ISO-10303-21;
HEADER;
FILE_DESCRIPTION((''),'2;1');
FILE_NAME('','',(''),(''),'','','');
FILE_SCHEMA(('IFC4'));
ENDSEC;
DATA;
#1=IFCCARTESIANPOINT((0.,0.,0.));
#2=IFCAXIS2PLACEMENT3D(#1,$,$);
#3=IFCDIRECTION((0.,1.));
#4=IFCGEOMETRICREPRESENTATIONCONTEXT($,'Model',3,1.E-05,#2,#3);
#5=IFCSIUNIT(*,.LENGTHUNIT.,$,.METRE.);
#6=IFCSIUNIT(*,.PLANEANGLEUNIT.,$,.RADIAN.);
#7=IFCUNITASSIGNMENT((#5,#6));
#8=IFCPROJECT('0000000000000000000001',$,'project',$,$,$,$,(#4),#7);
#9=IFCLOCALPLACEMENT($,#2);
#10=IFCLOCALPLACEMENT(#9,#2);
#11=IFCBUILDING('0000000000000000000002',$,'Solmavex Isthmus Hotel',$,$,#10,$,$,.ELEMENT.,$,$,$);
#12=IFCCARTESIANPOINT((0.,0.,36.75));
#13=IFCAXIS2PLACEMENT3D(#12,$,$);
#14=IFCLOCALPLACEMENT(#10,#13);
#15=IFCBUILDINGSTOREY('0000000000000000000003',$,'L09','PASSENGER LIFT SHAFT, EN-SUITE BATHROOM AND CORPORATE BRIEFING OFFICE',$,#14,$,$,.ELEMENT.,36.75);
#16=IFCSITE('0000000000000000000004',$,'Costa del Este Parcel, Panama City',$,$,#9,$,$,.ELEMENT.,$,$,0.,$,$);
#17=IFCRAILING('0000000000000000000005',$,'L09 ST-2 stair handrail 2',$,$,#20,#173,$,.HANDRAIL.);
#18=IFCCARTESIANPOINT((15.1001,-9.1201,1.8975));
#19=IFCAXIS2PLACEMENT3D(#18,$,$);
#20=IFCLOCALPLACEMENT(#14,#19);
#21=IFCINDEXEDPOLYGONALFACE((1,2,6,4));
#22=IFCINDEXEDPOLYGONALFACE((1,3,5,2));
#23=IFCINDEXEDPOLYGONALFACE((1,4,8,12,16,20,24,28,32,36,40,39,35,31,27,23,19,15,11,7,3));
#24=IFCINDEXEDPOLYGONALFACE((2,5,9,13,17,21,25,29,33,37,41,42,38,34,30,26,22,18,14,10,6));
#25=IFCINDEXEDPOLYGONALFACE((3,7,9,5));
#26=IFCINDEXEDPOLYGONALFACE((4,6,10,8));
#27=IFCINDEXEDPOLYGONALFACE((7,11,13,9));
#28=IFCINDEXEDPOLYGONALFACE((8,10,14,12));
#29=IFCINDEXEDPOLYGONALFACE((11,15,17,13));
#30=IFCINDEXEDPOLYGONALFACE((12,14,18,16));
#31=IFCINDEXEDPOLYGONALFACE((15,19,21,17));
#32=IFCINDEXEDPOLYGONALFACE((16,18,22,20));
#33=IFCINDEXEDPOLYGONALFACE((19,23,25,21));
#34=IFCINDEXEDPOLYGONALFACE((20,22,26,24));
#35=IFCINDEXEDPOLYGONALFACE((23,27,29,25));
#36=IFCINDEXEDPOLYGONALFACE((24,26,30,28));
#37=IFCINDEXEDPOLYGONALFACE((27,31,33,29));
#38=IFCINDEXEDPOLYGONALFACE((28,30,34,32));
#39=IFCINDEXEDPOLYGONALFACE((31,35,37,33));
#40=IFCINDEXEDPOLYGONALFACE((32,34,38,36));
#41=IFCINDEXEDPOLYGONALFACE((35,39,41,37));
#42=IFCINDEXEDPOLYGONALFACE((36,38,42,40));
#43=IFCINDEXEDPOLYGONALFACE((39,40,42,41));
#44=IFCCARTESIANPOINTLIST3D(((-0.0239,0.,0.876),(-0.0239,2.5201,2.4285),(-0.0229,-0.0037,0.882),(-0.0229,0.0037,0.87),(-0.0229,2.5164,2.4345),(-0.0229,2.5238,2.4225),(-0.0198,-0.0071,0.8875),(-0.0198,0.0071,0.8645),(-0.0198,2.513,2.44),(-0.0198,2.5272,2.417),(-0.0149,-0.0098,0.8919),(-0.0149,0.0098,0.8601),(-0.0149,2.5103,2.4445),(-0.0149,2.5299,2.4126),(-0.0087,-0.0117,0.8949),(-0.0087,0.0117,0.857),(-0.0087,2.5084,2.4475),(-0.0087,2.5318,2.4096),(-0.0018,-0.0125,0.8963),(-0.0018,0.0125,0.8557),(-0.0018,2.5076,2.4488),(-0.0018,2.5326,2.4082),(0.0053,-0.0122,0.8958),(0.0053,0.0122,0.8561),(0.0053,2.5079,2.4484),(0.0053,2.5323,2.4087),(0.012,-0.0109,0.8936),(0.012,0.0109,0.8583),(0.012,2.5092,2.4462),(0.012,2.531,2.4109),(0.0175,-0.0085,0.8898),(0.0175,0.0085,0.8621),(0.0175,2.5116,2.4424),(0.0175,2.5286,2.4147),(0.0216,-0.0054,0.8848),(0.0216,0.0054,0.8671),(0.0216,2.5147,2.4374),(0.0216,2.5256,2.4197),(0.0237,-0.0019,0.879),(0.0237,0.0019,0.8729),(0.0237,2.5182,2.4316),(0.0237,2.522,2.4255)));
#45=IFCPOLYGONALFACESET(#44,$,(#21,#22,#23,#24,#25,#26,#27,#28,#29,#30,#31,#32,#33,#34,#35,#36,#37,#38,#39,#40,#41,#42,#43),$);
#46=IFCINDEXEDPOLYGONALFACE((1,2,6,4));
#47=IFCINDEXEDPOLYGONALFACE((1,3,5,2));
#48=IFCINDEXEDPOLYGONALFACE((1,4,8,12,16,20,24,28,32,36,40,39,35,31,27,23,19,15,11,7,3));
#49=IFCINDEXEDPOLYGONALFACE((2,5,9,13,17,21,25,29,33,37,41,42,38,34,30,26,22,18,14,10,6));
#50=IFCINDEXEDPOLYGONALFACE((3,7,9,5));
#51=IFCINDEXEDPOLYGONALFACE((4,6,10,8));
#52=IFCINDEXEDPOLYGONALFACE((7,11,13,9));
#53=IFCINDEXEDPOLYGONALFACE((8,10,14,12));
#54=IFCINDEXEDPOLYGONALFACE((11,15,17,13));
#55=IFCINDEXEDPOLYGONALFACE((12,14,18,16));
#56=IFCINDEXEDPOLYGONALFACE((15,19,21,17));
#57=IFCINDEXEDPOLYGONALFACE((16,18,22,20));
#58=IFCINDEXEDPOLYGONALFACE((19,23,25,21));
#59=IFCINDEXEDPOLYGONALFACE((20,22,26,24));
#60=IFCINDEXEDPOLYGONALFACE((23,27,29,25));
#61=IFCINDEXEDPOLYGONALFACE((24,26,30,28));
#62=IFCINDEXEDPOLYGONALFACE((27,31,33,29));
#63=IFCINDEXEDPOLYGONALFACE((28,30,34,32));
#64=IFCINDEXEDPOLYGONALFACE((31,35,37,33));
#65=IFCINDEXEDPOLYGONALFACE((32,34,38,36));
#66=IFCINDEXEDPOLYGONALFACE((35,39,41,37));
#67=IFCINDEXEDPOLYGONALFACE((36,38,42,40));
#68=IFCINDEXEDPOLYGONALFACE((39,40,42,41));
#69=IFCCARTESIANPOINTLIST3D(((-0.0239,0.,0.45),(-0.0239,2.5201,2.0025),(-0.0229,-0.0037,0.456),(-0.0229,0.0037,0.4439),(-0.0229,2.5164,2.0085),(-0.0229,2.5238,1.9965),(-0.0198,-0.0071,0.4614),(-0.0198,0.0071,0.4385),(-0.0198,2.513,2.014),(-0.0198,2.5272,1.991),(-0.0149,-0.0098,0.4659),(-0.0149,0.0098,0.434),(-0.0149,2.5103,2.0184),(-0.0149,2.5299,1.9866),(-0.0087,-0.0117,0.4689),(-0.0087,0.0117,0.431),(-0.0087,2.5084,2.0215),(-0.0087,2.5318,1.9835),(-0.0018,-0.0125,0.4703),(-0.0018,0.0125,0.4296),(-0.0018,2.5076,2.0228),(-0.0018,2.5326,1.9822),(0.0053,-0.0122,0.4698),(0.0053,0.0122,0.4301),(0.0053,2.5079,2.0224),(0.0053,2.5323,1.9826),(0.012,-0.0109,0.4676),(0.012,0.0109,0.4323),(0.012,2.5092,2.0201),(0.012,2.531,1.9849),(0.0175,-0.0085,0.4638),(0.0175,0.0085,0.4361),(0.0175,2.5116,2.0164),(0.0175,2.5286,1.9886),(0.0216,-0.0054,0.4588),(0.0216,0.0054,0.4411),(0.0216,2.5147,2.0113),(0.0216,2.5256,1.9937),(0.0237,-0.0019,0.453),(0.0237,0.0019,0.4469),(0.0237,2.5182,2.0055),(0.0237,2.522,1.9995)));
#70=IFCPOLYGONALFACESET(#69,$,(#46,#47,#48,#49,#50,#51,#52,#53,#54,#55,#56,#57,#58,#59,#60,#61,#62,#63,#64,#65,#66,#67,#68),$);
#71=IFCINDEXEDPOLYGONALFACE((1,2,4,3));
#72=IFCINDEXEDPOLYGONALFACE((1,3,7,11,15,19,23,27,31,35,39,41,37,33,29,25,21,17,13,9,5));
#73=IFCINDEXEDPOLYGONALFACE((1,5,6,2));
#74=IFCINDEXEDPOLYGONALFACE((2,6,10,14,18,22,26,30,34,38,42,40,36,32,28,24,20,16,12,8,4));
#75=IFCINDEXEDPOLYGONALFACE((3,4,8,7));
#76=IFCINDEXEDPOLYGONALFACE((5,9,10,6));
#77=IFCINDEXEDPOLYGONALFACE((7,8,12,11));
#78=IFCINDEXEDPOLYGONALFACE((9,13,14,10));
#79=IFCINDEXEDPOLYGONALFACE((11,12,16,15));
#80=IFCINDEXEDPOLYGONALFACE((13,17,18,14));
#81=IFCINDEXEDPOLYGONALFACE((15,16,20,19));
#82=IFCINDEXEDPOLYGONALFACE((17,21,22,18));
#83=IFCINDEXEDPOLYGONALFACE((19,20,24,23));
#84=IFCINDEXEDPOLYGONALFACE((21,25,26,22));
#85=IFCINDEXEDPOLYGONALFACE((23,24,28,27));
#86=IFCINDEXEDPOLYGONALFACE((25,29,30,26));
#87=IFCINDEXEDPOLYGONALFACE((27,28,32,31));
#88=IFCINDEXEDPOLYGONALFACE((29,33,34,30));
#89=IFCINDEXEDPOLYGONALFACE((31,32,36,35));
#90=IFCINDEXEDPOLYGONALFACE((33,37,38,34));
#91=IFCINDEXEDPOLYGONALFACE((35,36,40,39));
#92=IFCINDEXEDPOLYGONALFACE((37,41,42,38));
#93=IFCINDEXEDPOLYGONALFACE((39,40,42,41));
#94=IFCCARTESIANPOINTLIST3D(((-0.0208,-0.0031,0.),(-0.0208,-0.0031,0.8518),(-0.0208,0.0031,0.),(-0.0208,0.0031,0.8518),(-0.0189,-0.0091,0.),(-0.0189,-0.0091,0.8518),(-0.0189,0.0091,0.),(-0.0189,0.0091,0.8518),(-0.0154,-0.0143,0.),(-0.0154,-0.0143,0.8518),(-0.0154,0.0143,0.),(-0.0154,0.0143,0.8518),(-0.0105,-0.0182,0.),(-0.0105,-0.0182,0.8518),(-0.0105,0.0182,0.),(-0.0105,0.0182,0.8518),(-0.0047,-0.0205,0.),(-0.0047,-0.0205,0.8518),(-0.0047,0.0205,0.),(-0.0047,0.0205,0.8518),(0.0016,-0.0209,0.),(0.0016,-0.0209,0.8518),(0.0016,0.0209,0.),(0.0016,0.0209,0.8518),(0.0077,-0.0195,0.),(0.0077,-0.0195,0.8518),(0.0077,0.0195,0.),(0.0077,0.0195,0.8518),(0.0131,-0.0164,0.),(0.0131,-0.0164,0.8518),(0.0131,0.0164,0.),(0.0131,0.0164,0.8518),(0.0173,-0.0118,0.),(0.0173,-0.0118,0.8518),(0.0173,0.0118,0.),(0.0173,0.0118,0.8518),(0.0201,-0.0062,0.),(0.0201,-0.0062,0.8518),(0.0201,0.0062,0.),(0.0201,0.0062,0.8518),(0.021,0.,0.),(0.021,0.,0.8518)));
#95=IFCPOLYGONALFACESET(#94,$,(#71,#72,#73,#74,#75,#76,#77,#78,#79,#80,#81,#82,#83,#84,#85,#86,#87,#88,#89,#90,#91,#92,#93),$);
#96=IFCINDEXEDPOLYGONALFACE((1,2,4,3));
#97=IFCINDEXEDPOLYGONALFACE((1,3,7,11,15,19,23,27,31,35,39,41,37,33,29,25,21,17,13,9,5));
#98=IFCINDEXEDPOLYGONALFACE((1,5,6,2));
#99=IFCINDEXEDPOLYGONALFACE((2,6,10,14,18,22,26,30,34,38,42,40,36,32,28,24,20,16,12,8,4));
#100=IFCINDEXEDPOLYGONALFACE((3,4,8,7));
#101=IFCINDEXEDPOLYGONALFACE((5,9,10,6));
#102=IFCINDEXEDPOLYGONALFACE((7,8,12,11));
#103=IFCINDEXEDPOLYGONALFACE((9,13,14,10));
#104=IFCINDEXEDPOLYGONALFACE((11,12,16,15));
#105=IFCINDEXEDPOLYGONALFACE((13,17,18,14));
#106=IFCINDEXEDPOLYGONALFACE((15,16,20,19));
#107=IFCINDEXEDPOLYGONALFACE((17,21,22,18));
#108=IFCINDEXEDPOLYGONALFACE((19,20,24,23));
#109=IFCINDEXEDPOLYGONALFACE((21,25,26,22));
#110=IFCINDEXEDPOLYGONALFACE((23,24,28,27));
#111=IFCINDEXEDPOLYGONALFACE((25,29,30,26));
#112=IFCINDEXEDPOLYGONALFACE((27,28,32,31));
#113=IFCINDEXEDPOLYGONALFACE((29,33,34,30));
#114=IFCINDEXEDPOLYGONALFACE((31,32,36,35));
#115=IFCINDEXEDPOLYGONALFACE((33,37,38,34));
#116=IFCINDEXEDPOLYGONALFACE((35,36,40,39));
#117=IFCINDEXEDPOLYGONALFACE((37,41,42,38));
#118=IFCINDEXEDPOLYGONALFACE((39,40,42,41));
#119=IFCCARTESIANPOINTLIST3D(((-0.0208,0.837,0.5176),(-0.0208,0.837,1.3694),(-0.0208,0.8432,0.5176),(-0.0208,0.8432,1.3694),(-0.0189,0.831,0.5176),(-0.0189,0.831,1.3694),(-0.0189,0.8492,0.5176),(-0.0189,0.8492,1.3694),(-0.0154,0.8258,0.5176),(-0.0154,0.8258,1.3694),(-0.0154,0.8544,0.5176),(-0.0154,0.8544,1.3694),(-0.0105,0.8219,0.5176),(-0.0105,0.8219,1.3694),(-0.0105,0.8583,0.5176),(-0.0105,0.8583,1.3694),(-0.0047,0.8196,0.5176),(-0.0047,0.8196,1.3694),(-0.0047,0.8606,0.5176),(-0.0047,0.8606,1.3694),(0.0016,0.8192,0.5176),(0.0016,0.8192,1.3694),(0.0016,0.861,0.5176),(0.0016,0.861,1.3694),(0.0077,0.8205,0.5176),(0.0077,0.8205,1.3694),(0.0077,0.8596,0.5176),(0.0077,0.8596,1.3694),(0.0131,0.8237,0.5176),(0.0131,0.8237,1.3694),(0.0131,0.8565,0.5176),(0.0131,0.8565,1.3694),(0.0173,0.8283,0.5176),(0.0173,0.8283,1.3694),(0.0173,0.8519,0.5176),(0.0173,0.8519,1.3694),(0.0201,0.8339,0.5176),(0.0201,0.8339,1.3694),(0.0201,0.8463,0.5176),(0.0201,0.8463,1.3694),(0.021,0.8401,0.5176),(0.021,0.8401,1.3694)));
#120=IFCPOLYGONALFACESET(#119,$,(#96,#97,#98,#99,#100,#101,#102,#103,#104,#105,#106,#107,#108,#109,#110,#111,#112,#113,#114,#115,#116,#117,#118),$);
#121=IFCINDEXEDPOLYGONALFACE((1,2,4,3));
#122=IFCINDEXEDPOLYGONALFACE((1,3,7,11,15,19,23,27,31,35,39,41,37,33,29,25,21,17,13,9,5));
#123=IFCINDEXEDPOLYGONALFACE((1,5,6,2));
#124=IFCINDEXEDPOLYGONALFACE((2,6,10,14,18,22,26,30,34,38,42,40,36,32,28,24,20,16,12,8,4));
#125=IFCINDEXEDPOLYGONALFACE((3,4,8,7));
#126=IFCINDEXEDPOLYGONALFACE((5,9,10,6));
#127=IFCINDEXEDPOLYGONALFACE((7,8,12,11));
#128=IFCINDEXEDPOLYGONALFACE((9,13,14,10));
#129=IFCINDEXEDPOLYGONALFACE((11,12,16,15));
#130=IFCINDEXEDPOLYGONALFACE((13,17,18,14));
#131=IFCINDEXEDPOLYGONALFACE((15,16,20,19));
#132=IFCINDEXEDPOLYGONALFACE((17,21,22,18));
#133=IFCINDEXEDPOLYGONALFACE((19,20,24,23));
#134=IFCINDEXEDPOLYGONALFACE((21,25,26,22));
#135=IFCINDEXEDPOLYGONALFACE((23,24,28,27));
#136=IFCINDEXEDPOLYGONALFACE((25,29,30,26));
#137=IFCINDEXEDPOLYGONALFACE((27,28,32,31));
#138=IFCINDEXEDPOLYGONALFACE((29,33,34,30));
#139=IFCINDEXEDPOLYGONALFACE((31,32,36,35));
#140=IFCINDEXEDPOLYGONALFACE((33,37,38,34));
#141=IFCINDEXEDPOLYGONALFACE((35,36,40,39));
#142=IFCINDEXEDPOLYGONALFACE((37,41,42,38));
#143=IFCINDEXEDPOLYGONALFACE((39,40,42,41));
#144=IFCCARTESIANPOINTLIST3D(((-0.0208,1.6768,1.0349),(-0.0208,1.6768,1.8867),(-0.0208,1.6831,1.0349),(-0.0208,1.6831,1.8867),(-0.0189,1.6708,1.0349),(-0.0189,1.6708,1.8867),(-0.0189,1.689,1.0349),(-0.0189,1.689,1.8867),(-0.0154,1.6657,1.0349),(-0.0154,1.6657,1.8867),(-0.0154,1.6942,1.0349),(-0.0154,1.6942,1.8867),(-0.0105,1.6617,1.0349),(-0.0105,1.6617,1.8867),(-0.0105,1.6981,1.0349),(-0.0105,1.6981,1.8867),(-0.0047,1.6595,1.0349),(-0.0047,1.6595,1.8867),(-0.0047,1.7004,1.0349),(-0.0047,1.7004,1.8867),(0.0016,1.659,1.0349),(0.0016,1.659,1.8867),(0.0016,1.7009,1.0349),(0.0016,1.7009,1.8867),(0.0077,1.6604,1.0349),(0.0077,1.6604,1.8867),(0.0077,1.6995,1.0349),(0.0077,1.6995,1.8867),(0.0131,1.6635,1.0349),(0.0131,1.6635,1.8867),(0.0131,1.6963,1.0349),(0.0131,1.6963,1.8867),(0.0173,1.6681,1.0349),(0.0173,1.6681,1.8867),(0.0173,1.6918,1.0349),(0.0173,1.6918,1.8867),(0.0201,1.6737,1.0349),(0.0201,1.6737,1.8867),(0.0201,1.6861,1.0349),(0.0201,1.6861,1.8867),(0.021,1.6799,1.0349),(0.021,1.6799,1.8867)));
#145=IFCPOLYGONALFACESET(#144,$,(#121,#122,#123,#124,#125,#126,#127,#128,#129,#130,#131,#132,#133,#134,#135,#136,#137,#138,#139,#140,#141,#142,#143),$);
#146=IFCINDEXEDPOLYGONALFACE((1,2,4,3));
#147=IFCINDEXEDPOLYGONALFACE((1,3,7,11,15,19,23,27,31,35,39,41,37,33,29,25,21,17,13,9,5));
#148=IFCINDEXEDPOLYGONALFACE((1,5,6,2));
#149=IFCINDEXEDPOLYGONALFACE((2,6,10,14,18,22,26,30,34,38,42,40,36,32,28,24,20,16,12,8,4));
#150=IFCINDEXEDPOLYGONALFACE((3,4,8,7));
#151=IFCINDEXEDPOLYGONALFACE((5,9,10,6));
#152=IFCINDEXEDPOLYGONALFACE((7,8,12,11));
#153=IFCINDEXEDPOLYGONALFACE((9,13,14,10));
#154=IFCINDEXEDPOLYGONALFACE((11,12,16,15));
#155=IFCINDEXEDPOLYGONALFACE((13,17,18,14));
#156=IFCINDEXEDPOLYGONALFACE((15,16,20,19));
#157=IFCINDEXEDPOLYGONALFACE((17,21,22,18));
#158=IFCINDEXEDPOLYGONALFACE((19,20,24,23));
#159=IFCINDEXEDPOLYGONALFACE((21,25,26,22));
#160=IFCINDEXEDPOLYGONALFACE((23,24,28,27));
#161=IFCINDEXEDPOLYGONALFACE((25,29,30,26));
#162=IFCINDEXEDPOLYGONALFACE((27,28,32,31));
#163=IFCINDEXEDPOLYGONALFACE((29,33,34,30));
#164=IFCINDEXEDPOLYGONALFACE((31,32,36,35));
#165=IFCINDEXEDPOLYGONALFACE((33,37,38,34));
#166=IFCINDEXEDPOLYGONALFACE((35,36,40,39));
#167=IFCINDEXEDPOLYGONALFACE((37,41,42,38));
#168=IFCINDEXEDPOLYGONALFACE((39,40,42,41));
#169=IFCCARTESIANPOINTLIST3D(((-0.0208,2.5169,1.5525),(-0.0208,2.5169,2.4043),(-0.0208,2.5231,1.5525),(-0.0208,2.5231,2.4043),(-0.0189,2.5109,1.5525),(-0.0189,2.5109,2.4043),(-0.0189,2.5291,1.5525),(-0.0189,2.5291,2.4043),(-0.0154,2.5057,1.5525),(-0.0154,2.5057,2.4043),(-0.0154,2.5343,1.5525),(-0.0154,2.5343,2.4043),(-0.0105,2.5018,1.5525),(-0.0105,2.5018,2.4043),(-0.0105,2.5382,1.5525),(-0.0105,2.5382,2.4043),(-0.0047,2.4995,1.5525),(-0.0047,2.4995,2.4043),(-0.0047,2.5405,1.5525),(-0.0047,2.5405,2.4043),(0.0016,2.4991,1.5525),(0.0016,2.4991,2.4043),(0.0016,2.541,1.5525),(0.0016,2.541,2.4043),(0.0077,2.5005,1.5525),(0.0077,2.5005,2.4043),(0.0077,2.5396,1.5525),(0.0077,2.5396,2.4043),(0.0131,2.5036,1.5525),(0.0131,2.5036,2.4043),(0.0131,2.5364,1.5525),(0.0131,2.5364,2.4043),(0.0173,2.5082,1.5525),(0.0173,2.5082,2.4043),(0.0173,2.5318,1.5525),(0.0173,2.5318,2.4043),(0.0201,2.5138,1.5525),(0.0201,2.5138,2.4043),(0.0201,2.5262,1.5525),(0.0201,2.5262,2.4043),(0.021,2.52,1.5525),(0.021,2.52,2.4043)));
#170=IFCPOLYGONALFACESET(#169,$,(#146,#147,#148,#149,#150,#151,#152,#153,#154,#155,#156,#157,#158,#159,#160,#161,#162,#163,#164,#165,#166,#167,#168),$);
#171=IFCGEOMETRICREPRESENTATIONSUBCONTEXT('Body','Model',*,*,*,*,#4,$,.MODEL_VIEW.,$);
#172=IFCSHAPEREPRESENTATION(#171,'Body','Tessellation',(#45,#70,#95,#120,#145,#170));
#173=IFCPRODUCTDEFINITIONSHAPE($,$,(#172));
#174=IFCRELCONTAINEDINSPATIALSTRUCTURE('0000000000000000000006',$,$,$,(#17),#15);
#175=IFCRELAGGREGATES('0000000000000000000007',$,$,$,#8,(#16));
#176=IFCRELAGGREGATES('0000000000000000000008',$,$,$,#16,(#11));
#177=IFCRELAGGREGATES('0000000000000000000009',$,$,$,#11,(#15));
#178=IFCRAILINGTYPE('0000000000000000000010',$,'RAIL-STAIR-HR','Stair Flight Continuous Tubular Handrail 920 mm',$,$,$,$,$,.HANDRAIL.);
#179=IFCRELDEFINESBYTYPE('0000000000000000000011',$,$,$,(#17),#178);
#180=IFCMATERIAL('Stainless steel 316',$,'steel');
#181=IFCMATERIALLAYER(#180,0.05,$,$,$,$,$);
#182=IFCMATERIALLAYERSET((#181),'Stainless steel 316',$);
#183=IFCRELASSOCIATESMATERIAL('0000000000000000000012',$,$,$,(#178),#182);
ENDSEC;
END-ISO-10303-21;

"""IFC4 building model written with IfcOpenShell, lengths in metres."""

from ifc_helpers import new_model, si_unit, direction, frame, origin, origin_2d, place, context, subcontext, project, spatial, circle, extrude, material, layer, layer_set, type_object, element, save


model = new_model("IFC4")

# Units and contexts
model_context = context("Model", 3, precision=1e-05, world=origin(), true_north=direction((0.0, 1.0)))
body_context = subcontext(model_context, "Body", "Model", "MODEL_VIEW")
ifc_project = project(units=[si_unit("LENGTHUNIT", "METRE"), si_unit("PLANEANGLEUNIT", "RADIAN")], contexts=[model_context])

# Site, building, storey
site_placement = place(None, origin())
site = spatial("IfcSite", under=ifc_project, at=site_placement, Name="Costa del Este Parcel, Panama City", CompositionType="ELEMENT", RefElevation=0.0)
building_placement = place(site_placement, origin())
building = spatial("IfcBuilding", under=site, at=building_placement, Name="Solmavex Isthmus Hotel", CompositionType="ELEMENT")
storey_placement = place(building_placement, frame((0.0, 0.0, 36.75)))
storey = spatial("IfcBuildingStorey", under=building, at=storey_placement, Name="L09", Description="PASSENGER LIFT SHAFT, EN-SUITE BATHROOM AND CORPORATE BRIEFING OFFICE", CompositionType="ELEMENT", Elevation=36.75)

# Railing
ifc_material_1 = material(Name="Stainless steel 316", Category="steel")
ifc_layer_1 = layer(ifc_material_1, 0.05)
ifc_layer_set_1 = layer_set([ifc_layer_1], Name="Stainless steel 316")
railing_type_1 = type_object("IfcRailingType", Name="RAIL-STAIR-HR", Description="Stair Flight Continuous Tubular Handrail 920 mm", PredefinedType="HANDRAIL", material=ifc_layer_set_1)
railing_1_placement = place(storey_placement, frame((15.1001, -9.1201, 1.8975)))
element("IfcRailing", 1, at=railing_1_placement, inside=storey, type_object=railing_type_1, Name="L09 ST-2 stair handrail 2", PredefinedType="HANDRAIL", context=body_context, shape_type="SweptSolid", body=[
    extrude(circle(Radius=0.0239, at=origin_2d()), frame((0.0, 0.0, 0.876), z_axis=(0.0, 0.8514, 0.524516), x_axis=(-1.0, 0.0, 0.0)), (0.0, 0.0, 1.0), 2.96),
    extrude(circle(Radius=0.0239, at=origin_2d()), frame((0.0, 0.0, 0.45), z_axis=(0.0, 0.8514, 0.524516), x_axis=(-1.0, 0.0, 0.0)), (0.0, 0.0, 1.0), 2.96),
    extrude(circle(Radius=0.021, at=origin_2d()), origin(), (0.0, 0.0, 1.0), 0.8518),
    extrude(circle(Radius=0.021, at=origin_2d()), frame((0.0, 0.8401, 0.5176)), (0.0, 0.0, 1.0), 0.8518),
    extrude(circle(Radius=0.021, at=origin_2d()), frame((0.0, 1.6799, 1.0349)), (0.0, 0.0, 1.0), 0.8518),
    extrude(circle(Radius=0.021, at=origin_2d()), frame((0.0, 2.52, 1.5525)), (0.0, 0.0, 1.0), 0.8518),
])

save(model, "model.ifc")
